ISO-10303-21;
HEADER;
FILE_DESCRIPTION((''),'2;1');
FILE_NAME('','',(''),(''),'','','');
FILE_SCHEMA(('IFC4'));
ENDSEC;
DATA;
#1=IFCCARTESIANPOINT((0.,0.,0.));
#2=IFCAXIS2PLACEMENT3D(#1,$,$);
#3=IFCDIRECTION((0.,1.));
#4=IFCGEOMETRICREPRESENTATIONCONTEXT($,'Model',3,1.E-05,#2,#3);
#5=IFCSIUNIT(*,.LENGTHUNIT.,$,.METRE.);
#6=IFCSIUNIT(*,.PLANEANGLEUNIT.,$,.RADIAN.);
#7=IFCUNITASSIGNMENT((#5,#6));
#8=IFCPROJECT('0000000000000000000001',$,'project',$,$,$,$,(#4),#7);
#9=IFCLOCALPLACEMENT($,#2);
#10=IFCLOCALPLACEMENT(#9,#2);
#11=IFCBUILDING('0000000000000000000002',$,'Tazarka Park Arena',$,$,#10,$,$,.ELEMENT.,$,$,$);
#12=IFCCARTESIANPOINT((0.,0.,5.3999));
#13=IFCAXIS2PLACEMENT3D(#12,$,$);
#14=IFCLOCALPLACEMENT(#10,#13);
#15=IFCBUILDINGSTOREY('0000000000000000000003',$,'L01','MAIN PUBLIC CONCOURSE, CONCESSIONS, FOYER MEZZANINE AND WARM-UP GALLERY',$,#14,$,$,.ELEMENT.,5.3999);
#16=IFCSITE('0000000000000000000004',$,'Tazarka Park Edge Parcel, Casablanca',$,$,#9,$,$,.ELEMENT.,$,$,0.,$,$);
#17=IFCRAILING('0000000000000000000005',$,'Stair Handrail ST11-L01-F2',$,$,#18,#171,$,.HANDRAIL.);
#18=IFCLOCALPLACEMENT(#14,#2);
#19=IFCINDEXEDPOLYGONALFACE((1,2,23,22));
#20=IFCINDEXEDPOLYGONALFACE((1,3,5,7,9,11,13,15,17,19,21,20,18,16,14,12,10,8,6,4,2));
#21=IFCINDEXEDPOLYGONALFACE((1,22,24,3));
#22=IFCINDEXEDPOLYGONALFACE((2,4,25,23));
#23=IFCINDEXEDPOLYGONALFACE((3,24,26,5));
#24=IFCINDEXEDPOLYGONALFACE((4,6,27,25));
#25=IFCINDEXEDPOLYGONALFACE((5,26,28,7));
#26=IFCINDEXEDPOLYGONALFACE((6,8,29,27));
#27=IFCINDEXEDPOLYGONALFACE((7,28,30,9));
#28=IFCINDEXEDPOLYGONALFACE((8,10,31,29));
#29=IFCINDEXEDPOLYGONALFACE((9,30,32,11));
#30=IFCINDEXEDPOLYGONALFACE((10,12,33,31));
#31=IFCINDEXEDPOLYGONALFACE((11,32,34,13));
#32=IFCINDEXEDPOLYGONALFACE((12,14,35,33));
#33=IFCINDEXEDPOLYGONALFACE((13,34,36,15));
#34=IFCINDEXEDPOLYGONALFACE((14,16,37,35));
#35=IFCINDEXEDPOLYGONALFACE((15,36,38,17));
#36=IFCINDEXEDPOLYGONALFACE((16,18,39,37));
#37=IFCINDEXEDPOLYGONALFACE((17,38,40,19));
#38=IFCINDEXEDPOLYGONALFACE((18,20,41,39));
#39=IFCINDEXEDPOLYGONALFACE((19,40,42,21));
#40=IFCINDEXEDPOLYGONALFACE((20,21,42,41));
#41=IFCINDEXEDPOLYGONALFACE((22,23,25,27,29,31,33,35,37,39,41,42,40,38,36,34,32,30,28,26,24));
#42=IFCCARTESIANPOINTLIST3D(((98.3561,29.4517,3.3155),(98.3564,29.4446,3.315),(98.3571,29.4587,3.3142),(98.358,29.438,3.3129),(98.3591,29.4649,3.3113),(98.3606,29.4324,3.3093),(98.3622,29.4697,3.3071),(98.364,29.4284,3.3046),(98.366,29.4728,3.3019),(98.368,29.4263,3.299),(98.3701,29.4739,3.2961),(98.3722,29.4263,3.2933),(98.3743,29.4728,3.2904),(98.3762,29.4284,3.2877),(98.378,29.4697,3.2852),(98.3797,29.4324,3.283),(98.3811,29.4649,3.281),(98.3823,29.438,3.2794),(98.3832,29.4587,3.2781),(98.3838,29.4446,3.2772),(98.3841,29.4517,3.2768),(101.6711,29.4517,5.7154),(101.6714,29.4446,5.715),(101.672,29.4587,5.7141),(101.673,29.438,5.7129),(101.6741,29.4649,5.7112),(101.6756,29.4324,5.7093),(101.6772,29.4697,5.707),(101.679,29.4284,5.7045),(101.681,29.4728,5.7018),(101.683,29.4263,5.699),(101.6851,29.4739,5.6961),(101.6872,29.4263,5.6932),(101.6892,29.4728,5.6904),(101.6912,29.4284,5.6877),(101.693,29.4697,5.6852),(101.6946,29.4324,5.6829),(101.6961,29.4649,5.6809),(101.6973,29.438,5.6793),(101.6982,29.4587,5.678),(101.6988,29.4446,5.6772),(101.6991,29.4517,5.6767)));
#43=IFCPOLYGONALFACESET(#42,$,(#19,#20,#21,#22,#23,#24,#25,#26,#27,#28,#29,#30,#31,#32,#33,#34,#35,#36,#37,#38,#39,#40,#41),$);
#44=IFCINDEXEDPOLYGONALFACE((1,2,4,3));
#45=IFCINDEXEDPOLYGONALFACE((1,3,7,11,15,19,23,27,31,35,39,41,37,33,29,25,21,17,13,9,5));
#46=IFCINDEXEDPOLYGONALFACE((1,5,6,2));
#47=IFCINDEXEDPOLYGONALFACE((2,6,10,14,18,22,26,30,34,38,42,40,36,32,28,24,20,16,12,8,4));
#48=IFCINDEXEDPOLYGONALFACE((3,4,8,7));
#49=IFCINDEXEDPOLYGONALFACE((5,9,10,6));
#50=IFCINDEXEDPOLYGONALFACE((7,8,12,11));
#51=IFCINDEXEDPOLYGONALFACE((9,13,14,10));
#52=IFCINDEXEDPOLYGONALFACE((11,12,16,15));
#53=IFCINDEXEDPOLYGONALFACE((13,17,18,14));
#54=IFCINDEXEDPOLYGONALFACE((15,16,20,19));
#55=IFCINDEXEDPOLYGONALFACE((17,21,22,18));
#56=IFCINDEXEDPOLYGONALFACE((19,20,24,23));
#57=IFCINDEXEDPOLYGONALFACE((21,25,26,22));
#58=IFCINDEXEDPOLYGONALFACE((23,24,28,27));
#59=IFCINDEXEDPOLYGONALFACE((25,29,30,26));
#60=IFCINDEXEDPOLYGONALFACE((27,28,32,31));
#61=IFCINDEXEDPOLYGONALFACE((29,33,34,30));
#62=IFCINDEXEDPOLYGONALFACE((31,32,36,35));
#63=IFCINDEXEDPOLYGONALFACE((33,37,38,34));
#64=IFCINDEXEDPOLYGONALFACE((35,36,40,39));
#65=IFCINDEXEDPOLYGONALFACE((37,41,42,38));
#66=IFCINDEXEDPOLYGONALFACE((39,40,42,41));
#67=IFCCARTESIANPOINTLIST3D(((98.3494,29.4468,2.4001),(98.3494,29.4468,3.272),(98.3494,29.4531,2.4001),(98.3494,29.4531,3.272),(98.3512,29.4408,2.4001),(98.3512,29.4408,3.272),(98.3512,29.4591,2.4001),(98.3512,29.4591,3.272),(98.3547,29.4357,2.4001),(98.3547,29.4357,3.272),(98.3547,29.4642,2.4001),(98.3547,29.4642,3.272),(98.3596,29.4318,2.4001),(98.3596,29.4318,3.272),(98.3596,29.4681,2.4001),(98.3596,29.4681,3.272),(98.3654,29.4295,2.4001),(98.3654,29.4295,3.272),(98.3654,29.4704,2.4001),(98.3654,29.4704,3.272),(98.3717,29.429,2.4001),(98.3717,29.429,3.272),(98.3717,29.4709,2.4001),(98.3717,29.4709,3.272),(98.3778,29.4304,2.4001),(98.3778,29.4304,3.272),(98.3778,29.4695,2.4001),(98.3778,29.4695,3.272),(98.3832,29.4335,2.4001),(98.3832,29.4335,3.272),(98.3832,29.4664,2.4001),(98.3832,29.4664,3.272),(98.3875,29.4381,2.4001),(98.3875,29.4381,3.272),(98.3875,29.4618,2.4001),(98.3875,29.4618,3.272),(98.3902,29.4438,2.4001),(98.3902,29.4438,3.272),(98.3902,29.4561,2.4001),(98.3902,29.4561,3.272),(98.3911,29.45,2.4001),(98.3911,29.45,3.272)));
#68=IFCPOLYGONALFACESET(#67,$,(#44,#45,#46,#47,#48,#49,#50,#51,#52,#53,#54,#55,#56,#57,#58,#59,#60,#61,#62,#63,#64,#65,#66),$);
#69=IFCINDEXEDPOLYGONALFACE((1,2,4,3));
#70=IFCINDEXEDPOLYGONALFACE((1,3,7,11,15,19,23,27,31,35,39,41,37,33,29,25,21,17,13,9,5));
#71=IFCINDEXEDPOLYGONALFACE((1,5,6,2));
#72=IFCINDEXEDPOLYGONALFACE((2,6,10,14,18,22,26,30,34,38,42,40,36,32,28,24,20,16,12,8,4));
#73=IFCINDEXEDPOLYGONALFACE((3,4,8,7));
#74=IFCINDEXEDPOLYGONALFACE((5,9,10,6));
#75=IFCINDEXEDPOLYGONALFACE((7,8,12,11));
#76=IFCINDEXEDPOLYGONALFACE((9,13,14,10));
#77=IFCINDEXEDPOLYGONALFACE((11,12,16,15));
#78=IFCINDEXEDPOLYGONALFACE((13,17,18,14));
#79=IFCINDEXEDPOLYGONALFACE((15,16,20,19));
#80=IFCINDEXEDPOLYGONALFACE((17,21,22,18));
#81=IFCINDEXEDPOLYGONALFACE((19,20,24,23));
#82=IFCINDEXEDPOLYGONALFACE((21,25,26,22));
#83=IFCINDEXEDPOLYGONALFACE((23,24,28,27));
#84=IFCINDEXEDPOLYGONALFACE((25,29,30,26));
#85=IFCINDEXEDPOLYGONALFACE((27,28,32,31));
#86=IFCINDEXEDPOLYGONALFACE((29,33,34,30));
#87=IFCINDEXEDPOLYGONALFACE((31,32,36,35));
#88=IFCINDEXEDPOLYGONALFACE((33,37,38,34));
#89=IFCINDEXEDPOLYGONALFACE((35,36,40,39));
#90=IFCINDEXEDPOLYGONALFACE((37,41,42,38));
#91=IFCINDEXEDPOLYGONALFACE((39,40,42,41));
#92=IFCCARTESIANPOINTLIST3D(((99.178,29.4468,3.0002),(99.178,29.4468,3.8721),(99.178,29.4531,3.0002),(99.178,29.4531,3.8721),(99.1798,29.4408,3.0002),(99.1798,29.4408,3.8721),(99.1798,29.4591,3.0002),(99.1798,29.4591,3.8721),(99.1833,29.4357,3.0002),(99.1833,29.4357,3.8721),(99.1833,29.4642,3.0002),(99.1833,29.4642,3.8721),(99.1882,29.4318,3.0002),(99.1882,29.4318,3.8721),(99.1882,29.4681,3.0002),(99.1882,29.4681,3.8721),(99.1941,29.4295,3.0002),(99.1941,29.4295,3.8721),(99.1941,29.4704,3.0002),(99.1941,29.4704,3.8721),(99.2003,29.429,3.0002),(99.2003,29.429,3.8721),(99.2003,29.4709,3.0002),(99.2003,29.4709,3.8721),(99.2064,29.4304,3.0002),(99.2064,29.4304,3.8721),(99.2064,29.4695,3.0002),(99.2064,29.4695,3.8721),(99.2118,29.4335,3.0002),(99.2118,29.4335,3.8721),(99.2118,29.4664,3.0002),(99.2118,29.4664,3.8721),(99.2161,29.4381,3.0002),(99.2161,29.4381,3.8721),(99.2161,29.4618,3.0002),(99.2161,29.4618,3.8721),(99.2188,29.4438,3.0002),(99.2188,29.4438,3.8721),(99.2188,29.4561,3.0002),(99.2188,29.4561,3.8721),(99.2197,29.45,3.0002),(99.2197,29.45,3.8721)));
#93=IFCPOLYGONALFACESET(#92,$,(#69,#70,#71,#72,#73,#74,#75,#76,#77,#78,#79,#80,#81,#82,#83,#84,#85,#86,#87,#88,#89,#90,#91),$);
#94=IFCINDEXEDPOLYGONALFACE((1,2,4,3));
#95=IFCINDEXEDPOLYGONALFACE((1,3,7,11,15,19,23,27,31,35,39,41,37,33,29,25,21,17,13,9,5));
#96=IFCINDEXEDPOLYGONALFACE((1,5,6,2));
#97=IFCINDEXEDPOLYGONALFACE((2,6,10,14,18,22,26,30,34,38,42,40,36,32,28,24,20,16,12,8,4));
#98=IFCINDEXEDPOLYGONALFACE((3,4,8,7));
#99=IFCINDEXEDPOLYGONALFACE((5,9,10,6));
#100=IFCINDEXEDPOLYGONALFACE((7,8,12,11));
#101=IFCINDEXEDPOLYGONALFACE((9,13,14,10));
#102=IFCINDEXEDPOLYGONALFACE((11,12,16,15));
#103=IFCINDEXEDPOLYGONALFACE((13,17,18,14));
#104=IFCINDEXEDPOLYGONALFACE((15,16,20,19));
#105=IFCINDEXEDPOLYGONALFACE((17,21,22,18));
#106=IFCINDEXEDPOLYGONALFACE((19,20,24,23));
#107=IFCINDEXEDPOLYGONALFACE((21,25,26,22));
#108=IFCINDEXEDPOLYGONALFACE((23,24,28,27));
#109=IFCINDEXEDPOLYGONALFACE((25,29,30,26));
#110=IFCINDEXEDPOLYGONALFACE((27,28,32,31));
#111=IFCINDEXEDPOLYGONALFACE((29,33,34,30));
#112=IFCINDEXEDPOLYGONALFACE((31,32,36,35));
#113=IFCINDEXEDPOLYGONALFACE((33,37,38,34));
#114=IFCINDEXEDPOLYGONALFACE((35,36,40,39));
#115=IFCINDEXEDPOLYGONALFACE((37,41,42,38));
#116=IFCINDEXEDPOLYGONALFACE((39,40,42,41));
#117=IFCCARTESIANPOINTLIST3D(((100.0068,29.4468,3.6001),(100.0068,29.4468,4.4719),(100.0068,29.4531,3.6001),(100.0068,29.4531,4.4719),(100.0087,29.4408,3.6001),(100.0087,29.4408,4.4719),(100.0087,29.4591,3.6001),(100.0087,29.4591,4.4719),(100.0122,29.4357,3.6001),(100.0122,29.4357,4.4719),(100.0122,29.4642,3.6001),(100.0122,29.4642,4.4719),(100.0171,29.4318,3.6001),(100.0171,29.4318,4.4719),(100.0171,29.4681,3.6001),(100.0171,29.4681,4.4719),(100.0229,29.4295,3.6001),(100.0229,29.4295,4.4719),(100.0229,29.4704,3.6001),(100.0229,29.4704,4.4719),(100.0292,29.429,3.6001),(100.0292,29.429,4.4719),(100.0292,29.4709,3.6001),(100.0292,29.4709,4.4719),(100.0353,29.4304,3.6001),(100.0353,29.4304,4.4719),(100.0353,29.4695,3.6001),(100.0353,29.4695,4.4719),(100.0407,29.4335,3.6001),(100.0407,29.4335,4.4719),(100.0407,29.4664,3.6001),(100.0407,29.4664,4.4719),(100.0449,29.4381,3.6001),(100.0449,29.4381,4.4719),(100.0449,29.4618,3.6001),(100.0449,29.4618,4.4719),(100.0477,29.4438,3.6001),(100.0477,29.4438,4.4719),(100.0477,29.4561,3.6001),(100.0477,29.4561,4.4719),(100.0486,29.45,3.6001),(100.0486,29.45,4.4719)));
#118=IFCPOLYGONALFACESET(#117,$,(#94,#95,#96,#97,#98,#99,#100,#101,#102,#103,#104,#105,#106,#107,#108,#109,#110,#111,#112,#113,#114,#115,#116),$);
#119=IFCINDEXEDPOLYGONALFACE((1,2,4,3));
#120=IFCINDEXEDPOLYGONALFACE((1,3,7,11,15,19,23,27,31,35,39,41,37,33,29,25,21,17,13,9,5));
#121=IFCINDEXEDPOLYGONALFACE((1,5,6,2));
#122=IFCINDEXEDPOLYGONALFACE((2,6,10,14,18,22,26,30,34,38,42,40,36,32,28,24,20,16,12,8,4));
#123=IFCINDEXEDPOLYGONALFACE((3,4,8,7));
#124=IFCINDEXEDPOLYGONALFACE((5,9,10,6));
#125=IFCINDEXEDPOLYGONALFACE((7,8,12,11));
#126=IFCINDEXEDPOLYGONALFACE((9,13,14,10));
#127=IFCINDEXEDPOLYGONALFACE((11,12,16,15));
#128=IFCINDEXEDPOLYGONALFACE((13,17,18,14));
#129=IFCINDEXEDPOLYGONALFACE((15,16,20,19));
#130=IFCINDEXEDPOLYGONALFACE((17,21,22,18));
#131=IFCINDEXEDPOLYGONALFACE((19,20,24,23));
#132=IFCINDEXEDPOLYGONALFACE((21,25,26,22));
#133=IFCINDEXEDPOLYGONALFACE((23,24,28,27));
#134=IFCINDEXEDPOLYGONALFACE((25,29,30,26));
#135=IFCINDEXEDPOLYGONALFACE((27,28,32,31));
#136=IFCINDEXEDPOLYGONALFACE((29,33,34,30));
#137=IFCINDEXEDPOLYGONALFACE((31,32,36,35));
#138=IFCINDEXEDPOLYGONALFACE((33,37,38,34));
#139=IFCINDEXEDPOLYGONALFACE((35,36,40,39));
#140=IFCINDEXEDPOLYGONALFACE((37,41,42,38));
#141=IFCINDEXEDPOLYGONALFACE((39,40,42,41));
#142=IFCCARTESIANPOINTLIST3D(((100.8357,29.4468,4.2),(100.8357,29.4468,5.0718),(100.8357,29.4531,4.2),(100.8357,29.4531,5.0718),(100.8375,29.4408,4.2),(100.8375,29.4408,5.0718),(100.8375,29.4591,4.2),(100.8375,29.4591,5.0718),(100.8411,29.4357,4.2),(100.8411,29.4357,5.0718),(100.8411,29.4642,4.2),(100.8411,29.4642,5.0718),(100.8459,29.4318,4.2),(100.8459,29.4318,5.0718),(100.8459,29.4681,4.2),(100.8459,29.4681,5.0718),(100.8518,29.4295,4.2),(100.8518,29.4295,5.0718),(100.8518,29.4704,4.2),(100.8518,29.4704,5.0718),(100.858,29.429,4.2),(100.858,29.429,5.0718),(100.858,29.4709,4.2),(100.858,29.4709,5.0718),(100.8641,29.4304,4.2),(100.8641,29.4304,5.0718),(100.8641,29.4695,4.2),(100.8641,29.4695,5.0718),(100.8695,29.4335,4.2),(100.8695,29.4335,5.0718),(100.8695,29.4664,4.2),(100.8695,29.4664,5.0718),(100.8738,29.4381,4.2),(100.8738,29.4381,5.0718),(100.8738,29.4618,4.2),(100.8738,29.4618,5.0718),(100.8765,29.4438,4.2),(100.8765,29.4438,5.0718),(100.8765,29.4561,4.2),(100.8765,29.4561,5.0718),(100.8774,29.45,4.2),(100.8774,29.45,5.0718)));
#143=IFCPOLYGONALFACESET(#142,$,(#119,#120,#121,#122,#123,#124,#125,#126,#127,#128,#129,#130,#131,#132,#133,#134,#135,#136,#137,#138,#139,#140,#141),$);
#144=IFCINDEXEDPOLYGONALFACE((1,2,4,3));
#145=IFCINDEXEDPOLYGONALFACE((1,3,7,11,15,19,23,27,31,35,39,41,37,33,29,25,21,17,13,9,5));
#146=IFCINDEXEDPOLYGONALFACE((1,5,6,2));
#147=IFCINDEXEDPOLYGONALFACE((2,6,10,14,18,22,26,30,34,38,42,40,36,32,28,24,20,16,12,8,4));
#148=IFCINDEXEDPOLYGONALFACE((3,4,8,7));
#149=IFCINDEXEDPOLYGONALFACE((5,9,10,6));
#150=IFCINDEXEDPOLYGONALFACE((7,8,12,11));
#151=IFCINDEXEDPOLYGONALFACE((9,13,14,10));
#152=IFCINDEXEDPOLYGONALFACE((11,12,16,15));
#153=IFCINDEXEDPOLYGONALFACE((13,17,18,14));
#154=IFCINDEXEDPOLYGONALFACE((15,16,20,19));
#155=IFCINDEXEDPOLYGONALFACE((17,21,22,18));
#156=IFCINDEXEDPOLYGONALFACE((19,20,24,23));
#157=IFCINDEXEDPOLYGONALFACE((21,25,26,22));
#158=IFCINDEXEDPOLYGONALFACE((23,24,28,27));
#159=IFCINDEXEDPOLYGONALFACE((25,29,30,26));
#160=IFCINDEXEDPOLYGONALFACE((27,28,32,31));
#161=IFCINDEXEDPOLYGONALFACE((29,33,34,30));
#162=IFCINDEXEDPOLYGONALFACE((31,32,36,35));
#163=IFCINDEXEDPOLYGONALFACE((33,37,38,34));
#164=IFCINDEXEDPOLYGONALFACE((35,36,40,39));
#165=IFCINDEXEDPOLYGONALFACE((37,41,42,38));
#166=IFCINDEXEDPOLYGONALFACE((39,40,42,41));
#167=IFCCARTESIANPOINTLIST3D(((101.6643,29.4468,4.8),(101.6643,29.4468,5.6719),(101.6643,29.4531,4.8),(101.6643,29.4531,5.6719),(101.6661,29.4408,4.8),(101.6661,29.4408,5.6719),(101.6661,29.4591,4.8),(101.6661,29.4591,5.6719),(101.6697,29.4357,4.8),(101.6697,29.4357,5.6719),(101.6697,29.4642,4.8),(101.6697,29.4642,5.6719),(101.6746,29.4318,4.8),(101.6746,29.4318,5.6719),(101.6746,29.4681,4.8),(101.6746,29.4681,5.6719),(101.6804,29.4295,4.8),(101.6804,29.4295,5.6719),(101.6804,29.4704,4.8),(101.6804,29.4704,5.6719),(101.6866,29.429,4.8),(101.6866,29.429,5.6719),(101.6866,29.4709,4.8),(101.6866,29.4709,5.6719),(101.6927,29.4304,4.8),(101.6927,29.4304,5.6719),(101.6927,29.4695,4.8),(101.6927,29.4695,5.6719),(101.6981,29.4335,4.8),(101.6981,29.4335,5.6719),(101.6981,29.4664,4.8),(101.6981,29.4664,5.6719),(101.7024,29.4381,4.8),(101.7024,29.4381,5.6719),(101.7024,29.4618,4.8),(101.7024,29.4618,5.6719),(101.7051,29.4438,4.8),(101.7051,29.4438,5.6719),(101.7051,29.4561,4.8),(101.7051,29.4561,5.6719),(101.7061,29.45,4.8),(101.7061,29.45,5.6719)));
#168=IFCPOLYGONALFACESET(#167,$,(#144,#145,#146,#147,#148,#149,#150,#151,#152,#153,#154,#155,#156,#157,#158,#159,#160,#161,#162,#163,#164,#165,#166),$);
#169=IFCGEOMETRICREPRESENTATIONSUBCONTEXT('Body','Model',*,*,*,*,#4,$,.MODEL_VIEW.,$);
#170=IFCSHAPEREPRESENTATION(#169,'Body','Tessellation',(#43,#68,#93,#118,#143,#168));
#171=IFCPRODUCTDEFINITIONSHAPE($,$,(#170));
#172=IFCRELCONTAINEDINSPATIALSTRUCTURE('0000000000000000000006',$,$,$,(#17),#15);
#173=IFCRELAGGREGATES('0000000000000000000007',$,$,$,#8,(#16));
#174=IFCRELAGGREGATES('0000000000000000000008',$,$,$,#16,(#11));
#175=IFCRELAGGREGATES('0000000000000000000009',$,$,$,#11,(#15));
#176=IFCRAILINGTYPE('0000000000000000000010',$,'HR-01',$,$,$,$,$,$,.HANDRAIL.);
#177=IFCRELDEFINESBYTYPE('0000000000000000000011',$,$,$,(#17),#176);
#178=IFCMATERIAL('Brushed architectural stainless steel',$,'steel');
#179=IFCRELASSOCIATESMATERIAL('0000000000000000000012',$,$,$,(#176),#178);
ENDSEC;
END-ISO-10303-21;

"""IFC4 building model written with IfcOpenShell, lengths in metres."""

from ifc_helpers import new_model, si_unit, direction, frame, origin, origin_2d, place, context, subcontext, project, spatial, circle, extrude, material, type_object, element, save


model = new_model("IFC4")

# Units and contexts
model_context = context("Model", 3, precision=1e-05, world=origin(), true_north=direction((0.0, 1.0)))
body_context = subcontext(model_context, "Body", "Model", "MODEL_VIEW")
ifc_project = project(units=[si_unit("LENGTHUNIT", "METRE"), si_unit("PLANEANGLEUNIT", "RADIAN")], contexts=[model_context])

# Site, building, storey
site_placement = place(None, origin())
site = spatial("IfcSite", under=ifc_project, at=site_placement, Name="Tazarka Park Edge Parcel, Casablanca", CompositionType="ELEMENT", RefElevation=0.0)
building_placement = place(site_placement, origin())
building = spatial("IfcBuilding", under=site, at=building_placement, Name="Tazarka Park Arena", CompositionType="ELEMENT")
storey_placement = place(building_placement, frame((0.0, 0.0, 5.3999)))
storey = spatial("IfcBuildingStorey", under=building, at=storey_placement, Name="L01", Description="MAIN PUBLIC CONCOURSE, CONCESSIONS, FOYER MEZZANINE AND WARM-UP GALLERY", CompositionType="ELEMENT", Elevation=5.3999)

# Railing
ifc_material_1 = material(Name="Brushed architectural stainless steel", Category="steel")
railing_type_1 = type_object("IfcRailingType", Name="HR-01", PredefinedType="HANDRAIL", material=ifc_material_1)
railing_1_placement = place(storey_placement, frame((98.3701, 29.45, 2.4001)))
element("IfcRailing", 1, at=railing_1_placement, inside=storey, type_object=railing_type_1, Name="Stair Handrail ST11-L01-F2", PredefinedType="HANDRAIL", context=body_context, shape_type="SweptSolid", body=[
    extrude(circle(Radius=0.0239, at=origin_2d()), frame((0.0, 0.0, 0.896), z_axis=(0.810009, 0.0, 0.586418), x_axis=(0.0, 1.0, 0.0)), (0.0, 0.0, 1.0), 4.0925),
    extrude(circle(Radius=0.021, at=origin_2d()), origin(), (0.0, 0.0, 1.0), 0.8718),
    extrude(circle(Radius=0.021, at=origin_2d()), frame((0.8286, 0.0, 0.6001)), (0.0, 0.0, 1.0), 0.8718),
    extrude(circle(Radius=0.021, at=origin_2d()), frame((1.6575, 0.0, 1.2)), (0.0, 0.0, 1.0), 0.8718),
    extrude(circle(Radius=0.021, at=origin_2d()), frame((2.4863, 0.0, 1.7998)), (0.0, 0.0, 1.0), 0.8718),
    extrude(circle(Radius=0.021, at=origin_2d()), frame((3.3149, 0.0, 2.3999)), (0.0, 0.0, 1.0), 0.8718),
])

save(model, "model.ifc")
